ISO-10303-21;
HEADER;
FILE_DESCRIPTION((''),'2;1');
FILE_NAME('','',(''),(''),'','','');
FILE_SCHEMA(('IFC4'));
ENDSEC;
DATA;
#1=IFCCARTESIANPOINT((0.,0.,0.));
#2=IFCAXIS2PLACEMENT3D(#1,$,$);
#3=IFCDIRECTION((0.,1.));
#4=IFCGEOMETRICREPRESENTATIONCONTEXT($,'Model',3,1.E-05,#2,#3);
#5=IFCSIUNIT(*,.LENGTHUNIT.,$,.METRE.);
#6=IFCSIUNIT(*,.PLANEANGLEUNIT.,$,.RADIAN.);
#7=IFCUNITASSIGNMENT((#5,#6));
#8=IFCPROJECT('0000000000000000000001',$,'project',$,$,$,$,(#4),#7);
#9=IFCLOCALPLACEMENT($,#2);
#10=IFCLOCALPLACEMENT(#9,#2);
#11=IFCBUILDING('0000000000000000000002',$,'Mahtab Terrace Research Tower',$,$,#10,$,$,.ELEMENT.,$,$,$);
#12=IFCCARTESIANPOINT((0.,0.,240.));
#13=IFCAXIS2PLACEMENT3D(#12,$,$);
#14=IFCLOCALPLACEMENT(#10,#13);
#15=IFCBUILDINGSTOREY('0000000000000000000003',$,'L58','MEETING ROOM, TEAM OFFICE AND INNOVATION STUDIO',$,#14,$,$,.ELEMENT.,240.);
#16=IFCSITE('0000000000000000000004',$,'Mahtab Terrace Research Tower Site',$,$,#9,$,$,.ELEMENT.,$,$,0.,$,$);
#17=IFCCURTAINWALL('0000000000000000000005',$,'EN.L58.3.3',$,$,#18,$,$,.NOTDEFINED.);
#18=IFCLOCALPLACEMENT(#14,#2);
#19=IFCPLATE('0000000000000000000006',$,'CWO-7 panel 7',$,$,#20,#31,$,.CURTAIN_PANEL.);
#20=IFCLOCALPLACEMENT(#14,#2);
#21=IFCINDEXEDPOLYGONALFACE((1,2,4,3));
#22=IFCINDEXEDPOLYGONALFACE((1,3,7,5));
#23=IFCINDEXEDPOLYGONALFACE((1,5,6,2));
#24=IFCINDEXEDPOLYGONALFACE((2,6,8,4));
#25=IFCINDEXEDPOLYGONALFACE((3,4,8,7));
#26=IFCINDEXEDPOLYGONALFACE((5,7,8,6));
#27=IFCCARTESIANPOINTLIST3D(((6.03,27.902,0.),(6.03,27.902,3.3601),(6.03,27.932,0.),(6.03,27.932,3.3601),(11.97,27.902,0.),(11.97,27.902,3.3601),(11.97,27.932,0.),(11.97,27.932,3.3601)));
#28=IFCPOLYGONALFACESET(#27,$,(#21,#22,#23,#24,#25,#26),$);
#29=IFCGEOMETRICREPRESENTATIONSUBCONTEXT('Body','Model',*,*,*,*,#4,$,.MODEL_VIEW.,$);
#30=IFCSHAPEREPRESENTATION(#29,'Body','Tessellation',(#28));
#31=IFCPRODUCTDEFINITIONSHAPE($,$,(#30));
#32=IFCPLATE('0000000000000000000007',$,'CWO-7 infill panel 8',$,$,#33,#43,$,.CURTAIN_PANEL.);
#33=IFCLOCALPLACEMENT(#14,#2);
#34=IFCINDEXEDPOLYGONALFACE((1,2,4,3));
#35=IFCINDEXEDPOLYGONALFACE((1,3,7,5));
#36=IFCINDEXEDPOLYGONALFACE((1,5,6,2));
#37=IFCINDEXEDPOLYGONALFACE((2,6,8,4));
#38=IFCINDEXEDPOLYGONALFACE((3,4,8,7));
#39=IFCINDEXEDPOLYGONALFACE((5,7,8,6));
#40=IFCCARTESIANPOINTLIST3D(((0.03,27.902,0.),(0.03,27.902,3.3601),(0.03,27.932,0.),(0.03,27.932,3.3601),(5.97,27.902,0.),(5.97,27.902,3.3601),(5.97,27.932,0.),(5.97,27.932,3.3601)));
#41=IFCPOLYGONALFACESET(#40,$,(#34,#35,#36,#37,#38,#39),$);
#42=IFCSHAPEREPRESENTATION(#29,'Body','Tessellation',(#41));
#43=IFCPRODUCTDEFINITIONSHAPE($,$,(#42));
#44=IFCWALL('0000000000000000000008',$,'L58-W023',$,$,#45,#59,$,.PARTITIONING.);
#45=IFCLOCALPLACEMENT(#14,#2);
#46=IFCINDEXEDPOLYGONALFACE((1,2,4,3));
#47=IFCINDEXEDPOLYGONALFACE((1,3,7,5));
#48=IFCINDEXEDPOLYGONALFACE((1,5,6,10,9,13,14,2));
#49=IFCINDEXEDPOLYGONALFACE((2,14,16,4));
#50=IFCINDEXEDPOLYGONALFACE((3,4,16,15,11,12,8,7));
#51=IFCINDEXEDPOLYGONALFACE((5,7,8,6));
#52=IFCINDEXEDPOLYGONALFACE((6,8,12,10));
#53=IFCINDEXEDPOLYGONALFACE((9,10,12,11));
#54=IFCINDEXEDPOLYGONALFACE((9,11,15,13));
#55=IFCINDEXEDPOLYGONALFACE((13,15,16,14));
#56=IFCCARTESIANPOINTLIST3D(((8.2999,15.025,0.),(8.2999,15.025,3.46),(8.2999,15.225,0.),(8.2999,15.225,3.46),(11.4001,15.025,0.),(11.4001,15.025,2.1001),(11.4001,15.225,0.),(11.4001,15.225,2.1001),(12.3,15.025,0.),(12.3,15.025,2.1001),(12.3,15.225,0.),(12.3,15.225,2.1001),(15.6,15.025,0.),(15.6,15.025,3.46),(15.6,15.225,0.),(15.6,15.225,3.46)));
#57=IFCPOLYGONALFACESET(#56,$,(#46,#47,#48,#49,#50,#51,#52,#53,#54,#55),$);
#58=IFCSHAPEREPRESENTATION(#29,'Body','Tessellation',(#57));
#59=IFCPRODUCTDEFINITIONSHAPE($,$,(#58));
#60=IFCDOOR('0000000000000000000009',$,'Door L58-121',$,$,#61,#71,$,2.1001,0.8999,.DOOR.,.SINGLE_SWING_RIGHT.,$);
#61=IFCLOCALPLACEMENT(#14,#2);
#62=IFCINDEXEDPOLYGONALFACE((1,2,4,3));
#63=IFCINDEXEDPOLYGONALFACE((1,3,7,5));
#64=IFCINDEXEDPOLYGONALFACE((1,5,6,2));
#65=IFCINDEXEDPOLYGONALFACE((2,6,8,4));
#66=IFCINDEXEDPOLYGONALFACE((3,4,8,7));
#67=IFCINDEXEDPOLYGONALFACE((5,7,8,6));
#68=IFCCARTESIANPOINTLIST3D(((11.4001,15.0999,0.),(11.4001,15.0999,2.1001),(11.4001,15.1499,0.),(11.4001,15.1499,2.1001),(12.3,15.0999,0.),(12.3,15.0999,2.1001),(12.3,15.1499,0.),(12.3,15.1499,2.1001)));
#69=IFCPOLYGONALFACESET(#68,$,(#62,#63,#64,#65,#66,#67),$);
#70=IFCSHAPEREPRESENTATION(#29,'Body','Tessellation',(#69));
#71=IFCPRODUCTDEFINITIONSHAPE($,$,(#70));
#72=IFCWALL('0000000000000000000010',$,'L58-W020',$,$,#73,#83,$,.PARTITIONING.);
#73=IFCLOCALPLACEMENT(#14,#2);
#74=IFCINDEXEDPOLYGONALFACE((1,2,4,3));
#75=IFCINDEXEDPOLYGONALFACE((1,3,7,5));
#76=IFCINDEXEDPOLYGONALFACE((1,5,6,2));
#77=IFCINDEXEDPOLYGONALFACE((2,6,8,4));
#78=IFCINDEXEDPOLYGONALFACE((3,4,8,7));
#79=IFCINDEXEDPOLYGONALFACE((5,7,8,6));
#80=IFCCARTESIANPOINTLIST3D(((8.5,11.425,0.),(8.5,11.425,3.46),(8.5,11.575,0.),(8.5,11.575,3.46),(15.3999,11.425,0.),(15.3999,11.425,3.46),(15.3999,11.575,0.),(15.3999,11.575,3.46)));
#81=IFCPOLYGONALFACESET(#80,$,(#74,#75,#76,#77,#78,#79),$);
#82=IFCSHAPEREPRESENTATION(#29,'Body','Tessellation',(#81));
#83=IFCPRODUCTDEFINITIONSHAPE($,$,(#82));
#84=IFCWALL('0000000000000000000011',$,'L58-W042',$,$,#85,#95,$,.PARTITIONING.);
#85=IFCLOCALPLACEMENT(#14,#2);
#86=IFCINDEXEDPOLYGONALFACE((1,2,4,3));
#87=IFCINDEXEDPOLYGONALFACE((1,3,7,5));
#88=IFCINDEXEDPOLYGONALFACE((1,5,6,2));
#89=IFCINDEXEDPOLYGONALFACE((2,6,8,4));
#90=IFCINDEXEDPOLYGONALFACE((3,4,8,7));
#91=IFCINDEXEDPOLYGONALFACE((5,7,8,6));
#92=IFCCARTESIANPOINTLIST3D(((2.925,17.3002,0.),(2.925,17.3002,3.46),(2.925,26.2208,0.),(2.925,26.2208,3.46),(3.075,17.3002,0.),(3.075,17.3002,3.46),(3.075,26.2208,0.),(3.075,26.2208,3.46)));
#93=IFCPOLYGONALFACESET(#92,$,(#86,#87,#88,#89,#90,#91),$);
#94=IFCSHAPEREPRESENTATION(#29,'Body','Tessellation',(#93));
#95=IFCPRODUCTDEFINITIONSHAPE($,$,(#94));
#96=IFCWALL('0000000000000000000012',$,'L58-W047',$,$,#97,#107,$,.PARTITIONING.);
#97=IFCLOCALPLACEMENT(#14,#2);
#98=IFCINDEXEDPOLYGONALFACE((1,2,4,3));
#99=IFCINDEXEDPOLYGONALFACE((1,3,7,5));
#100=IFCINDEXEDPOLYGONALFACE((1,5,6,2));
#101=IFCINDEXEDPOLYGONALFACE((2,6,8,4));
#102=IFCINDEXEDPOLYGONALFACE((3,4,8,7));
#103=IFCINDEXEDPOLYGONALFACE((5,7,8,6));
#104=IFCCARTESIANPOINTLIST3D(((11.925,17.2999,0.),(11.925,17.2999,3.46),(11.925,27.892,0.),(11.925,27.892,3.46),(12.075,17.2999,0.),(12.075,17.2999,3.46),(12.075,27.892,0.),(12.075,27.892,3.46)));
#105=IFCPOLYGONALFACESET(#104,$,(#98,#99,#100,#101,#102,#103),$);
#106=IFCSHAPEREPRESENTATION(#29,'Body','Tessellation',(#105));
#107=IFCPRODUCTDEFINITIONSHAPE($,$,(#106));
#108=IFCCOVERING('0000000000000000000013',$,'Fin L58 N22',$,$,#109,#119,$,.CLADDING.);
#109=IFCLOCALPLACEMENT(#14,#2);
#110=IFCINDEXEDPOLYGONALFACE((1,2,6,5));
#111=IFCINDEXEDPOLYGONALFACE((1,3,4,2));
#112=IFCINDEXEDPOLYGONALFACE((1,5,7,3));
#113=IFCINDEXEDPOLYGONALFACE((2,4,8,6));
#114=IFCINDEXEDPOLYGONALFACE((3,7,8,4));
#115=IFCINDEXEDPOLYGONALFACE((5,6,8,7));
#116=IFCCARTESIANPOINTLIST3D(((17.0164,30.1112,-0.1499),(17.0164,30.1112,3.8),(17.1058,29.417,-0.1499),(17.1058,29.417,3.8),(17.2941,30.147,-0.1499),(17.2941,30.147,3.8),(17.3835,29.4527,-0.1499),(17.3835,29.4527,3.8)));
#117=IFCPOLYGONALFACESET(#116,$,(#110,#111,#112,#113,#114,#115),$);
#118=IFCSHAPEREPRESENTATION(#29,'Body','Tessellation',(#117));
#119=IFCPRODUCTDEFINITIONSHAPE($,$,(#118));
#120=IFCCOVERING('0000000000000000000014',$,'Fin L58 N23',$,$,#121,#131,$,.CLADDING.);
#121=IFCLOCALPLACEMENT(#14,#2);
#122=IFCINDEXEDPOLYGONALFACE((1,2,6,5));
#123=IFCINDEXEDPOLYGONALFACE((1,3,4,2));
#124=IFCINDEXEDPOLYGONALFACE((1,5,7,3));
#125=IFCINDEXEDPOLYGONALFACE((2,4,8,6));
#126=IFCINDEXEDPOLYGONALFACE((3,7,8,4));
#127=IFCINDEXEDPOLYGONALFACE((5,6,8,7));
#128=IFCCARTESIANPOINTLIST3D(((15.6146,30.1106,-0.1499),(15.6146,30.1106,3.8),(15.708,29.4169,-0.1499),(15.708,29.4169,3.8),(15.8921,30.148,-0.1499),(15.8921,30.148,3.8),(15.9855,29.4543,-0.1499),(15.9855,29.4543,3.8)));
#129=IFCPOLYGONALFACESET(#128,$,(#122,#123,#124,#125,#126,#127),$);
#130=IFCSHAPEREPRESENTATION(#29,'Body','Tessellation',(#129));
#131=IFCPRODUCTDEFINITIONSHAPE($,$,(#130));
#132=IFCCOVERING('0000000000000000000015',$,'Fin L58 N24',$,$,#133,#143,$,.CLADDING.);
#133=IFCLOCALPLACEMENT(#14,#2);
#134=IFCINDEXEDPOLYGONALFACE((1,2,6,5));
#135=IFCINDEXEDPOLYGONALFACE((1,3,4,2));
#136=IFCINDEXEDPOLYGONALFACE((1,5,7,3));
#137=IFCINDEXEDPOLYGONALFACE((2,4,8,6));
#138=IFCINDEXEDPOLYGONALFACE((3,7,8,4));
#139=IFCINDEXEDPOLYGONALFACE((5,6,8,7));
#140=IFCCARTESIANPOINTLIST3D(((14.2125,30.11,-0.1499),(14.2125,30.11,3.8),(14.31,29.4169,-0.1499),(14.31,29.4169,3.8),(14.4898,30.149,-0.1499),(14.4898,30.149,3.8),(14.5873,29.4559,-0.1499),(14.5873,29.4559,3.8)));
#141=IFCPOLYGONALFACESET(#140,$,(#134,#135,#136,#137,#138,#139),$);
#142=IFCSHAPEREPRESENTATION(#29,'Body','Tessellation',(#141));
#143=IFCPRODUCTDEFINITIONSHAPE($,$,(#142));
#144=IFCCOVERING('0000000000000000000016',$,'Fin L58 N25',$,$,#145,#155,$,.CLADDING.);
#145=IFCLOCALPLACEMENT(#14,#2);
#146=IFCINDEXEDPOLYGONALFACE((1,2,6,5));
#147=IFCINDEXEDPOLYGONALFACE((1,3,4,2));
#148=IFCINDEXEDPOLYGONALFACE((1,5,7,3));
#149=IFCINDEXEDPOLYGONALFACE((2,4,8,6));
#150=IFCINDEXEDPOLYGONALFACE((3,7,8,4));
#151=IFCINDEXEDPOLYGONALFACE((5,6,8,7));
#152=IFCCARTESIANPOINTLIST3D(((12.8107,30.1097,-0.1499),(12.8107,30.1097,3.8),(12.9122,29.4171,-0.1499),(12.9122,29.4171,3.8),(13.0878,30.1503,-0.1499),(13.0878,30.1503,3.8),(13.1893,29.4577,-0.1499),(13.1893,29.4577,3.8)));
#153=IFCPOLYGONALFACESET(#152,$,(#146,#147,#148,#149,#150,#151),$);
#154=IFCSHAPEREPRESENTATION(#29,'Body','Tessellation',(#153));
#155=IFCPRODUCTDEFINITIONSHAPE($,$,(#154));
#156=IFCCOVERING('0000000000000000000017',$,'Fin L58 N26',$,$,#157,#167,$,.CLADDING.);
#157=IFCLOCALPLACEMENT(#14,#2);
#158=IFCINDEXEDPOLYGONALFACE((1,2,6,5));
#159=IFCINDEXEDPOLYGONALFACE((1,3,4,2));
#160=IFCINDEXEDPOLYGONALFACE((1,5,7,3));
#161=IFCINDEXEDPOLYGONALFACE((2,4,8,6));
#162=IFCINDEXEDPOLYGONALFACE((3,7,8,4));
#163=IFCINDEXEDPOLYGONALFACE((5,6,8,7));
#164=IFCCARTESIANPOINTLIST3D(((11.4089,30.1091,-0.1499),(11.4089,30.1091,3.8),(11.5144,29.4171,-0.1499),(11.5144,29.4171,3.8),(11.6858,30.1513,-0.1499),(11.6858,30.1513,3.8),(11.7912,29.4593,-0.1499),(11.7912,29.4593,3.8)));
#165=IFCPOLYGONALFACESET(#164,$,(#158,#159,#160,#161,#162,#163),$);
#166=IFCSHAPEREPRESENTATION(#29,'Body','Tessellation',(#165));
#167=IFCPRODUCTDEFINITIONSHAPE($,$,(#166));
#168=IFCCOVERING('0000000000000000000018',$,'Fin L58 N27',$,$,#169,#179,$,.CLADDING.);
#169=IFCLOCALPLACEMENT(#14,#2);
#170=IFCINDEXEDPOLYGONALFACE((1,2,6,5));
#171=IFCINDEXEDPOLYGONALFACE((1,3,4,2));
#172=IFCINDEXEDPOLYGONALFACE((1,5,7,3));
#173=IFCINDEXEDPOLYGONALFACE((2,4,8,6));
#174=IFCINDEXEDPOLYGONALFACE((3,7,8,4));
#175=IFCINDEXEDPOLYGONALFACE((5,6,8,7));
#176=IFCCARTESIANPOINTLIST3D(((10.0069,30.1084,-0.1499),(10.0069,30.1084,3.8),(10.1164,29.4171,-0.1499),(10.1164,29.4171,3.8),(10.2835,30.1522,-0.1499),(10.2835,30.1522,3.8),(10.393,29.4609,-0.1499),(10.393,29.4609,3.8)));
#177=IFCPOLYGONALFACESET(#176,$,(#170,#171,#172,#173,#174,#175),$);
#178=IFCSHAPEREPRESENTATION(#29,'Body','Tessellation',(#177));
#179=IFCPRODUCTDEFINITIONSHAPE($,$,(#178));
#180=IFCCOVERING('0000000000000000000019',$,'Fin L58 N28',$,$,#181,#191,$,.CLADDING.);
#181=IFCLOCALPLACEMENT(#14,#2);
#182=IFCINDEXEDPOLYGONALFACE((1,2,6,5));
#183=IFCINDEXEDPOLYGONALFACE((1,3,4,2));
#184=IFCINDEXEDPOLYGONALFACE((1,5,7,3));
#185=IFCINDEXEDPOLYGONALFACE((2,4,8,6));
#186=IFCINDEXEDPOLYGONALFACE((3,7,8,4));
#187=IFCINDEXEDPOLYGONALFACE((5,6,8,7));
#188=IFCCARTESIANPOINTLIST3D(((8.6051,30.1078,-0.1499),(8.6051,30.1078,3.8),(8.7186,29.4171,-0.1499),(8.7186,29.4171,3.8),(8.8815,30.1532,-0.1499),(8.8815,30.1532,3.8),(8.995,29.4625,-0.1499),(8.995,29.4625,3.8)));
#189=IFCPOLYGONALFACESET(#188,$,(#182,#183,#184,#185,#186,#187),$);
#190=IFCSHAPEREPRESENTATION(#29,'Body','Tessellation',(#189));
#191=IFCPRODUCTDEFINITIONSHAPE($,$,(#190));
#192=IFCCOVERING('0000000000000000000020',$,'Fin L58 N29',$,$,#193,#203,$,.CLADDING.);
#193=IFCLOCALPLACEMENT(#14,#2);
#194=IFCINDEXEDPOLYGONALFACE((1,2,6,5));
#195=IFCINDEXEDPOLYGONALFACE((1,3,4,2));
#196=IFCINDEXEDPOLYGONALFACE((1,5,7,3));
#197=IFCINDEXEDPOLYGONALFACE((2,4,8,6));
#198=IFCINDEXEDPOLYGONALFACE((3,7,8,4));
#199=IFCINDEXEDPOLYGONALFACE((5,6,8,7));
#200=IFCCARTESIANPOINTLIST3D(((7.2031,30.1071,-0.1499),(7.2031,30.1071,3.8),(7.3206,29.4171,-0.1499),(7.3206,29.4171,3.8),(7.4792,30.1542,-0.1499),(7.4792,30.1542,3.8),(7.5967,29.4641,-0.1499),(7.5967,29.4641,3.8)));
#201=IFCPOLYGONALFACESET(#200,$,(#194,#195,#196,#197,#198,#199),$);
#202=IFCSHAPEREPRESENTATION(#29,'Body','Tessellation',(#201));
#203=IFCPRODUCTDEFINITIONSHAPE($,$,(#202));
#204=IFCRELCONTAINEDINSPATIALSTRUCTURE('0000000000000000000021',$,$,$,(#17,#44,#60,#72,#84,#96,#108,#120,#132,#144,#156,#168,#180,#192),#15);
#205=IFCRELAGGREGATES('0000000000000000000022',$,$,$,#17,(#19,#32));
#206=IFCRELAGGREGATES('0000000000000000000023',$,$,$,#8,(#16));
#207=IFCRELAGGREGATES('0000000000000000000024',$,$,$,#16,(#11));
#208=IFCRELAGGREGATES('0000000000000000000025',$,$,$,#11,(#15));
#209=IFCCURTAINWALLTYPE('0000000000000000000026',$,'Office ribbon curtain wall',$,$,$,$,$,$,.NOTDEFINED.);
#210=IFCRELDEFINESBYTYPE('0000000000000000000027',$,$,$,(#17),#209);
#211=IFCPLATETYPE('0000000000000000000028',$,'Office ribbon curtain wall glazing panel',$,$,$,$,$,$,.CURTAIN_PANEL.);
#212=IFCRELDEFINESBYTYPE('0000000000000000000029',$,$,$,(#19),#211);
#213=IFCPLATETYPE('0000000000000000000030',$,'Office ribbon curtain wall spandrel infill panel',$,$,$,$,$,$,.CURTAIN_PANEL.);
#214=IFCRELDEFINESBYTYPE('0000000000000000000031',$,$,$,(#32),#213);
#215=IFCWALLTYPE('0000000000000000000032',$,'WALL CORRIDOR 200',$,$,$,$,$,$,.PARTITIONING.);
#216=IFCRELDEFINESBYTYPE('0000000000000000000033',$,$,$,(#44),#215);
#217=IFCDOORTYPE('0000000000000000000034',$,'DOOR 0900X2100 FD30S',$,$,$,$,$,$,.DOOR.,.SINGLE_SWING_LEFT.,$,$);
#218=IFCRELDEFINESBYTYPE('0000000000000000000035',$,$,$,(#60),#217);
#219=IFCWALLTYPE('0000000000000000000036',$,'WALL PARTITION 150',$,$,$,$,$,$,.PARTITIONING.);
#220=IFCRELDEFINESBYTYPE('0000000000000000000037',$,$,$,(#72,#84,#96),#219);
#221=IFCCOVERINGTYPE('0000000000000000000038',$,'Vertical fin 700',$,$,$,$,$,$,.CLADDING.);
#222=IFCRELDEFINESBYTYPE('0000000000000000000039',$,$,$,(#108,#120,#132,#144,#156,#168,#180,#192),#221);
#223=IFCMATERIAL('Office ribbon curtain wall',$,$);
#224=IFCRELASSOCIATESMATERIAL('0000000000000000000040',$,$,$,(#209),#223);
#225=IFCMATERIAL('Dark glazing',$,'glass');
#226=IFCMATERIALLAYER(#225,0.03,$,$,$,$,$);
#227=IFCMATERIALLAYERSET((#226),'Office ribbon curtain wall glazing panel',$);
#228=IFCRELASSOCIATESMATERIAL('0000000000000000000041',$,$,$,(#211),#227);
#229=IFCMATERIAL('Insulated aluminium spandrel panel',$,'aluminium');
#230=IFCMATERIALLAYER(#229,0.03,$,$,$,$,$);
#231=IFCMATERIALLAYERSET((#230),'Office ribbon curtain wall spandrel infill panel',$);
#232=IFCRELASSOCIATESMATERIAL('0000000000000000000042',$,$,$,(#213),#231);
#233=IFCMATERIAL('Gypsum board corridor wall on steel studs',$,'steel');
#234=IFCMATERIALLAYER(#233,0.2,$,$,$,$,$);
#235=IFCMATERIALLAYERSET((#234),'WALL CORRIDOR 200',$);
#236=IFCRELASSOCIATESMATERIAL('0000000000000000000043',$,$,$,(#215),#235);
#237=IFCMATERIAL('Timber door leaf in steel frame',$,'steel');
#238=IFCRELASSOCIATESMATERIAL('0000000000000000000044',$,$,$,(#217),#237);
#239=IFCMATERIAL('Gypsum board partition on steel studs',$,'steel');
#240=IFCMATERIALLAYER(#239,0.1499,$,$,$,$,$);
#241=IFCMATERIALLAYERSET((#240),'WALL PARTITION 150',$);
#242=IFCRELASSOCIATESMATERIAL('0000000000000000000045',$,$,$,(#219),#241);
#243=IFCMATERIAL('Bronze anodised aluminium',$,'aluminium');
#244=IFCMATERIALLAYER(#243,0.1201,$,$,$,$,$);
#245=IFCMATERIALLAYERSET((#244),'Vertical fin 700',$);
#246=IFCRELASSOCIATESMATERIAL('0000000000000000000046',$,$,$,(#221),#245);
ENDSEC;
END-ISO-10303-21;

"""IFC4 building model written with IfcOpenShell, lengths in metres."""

from ifc_helpers import new_model, si_unit, direction, frame, frame_2d, origin, origin_2d, place, context, subcontext, project, spatial, rectangle, extrude, material, layer, layer_set, type_object, element, fill, aggregate, save


model = new_model("IFC4")

# Units and contexts
model_context = context("Model", 3, precision=1e-05, world=origin(), true_north=direction((0.0, 1.0)))
body_context = subcontext(model_context, "Body", "Model", "MODEL_VIEW")
ifc_project = project(units=[si_unit("LENGTHUNIT", "METRE"), si_unit("PLANEANGLEUNIT", "RADIAN")], contexts=[model_context])

# Site, building, storey
site_placement = place(None, origin())
site = spatial("IfcSite", under=ifc_project, at=site_placement, Name="Mahtab Terrace Research Tower Site", CompositionType="ELEMENT", RefElevation=0.0)
building_placement = place(site_placement, origin())
building = spatial("IfcBuilding", under=site, at=building_placement, Name="Mahtab Terrace Research Tower", CompositionType="ELEMENT")
storey_placement = place(building_placement, frame((0.0, 0.0, 240.0)))
storey = spatial("IfcBuildingStorey", under=building, at=storey_placement, Name="L58", Description="MEETING ROOM, TEAM OFFICE AND INNOVATION STUDIO", CompositionType="ELEMENT", Elevation=240.0)

# Curtain wall
ifc_material_1 = material(Name="Office ribbon curtain wall")
curtain_wall_type = type_object("IfcCurtainWallType", Name="Office ribbon curtain wall", PredefinedType="NOTDEFINED", material=ifc_material_1)
curtain_wall_placement = place(storey_placement, origin())
curtain_wall = element("IfcCurtainWall", 1, at=curtain_wall_placement, inside=storey, type_object=curtain_wall_type, Name="EN.L58.3.3", PredefinedType="NOTDEFINED")

# Plates
ifc_material_2 = material(Name="Dark glazing", Category="glass")
ifc_layer_1 = layer(ifc_material_2, 0.03)
ifc_layer_set_1 = layer_set([ifc_layer_1], Name="Office ribbon curtain wall glazing panel")
plate_type_1 = type_object("IfcPlateType", Name="Office ribbon curtain wall glazing panel", PredefinedType="CURTAIN_PANEL", material=ifc_layer_set_1)
plate_1_placement = place(storey_placement, frame((9.0, 27.917, 0.0), z_axis=(0.0, 0.0, 1.0), x_axis=(-1.0, 0.0, 0.0)))
plate_1 = element("IfcPlate", 2, at=plate_1_placement, type_object=plate_type_1, Name="CWO-7 panel 7", PredefinedType="CURTAIN_PANEL", context=body_context, shape_type="SweptSolid", body=[
    extrude(rectangle(XDim=5.9399, YDim=0.03, at=origin_2d()), origin(), (0.0, 0.0, 1.0), 3.3601),
])
ifc_material_3 = material(Name="Insulated aluminium spandrel panel", Category="aluminium")
ifc_layer_2 = layer(ifc_material_3, 0.03)
ifc_layer_set_2 = layer_set([ifc_layer_2], Name="Office ribbon curtain wall spandrel infill panel")
plate_type_2 = type_object("IfcPlateType", Name="Office ribbon curtain wall spandrel infill panel", PredefinedType="CURTAIN_PANEL", material=ifc_layer_set_2)
plate_2_placement = place(storey_placement, frame((3.0, 27.917, 0.0), z_axis=(0.0, 0.0, 1.0), x_axis=(-1.0, 0.0, 0.0)))
plate_2 = element("IfcPlate", 3, at=plate_2_placement, type_object=plate_type_2, Name="CWO-7 infill panel 8", PredefinedType="CURTAIN_PANEL", context=body_context, shape_type="SweptSolid", body=[
    extrude(rectangle(XDim=5.9399, YDim=0.03, at=origin_2d()), origin(), (0.0, 0.0, 1.0), 3.3601),
])
aggregate(curtain_wall, [plate_1, plate_2])

# Wall, opening, door
ifc_material_4 = material(Name="Gypsum board corridor wall on steel studs", Category="steel")
ifc_layer_3 = layer(ifc_material_4, 0.2)
ifc_layer_set_3 = layer_set([ifc_layer_3], Name="WALL CORRIDOR 200")
wall_type_1 = type_object("IfcWallType", Name="WALL CORRIDOR 200", PredefinedType="PARTITIONING", material=ifc_layer_set_3)
wall_1_placement = place(storey_placement, frame((8.3, 15.125, 0.0), z_axis=(0.0, 0.0, 1.0), x_axis=(1.0, 0.0, 0.0)))
wall_1 = element("IfcWall", 4, at=wall_1_placement, inside=storey, type_object=wall_type_1, Name="L58-W023", PredefinedType="PARTITIONING", context=body_context, shape_type="SweptSolid", body=[
    extrude(rectangle(XDim=7.3, YDim=0.2, at=frame_2d((3.6499, 0.0))), origin(), (0.0, 0.0, 1.0), 3.46),
])
opening_placement = place(wall_1_placement, frame((3.1001, 0.0, 0.0)))
opening = element("IfcOpeningElement", 5, at=opening_placement, cuts=wall_1, PredefinedType="OPENING", context=body_context, shape_type="SweptSolid", body=[
    extrude(rectangle(XDim=0.8999, YDim=2.1001, at=frame_2d((0.45, 1.05))), frame((0.0, 0.1099, 0.0), z_axis=(0.0, -1.0, 0.0), x_axis=(1.0, 0.0, 0.0)), (0.0, 0.0, 1.0), 0.22),
])
ifc_material_5 = material(Name="Timber door leaf in steel frame", Category="steel")
door_type = type_object("IfcDoorType", Name="DOOR 0900X2100 FD30S", OperationType="SINGLE_SWING_LEFT", PredefinedType="DOOR", material=ifc_material_5)
door_placement = place(opening_placement, origin())
door = element("IfcDoor", 6, at=door_placement, inside=storey, type_object=door_type, Name="Door L58-121", OperationType="SINGLE_SWING_RIGHT", OverallHeight=2.1001, OverallWidth=0.8999, PredefinedType="DOOR", context=body_context, shape_type="SweptSolid", body=[
    extrude(rectangle(XDim=0.8999, YDim=2.1001, at=frame_2d((0.45, 1.05))), frame((0.0, 0.0249, 0.0), z_axis=(0.0, -1.0, 0.0), x_axis=(1.0, 0.0, 0.0)), (0.0, 0.0, 1.0), 0.05),
])
fill(opening, door)

# Walls
ifc_material_6 = material(Name="Gypsum board partition on steel studs", Category="steel")
ifc_layer_4 = layer(ifc_material_6, 0.1499)
ifc_layer_set_4 = layer_set([ifc_layer_4], Name="WALL PARTITION 150")
wall_type_2 = type_object("IfcWallType", Name="WALL PARTITION 150", PredefinedType="PARTITIONING", material=ifc_layer_set_4)
wall_2_placement = place(storey_placement, frame((8.5, 11.5, 0.0), z_axis=(0.0, 0.0, 1.0), x_axis=(1.0, 0.0, 0.0)))
element("IfcWall", 7, at=wall_2_placement, inside=storey, type_object=wall_type_2, Name="L58-W020", PredefinedType="PARTITIONING", context=body_context, shape_type="SweptSolid", body=[
    extrude(rectangle(XDim=6.8999, YDim=0.1499, at=frame_2d((3.45, 0.0))), origin(), (0.0, 0.0, 1.0), 3.46),
])
wall_3_placement = place(storey_placement, frame((3.0, 17.3, 0.0), z_axis=(0.0, 0.0, 1.0), x_axis=(0.0, 1.0, 0.0)))
element("IfcWall", 8, at=wall_3_placement, inside=storey, type_object=wall_type_2, Name="L58-W042", PredefinedType="PARTITIONING", context=body_context, shape_type="SweptSolid", body=[
    extrude(rectangle(XDim=8.9207, YDim=0.1499, at=frame_2d((4.4604, 0.0))), origin(), (0.0, 0.0, 1.0), 3.46),
])
wall_4_placement = place(storey_placement, frame((12.0, 17.3, 0.0), z_axis=(0.0, 0.0, 1.0), x_axis=(0.0, 1.0, 0.0)))
element("IfcWall", 9, at=wall_4_placement, inside=storey, type_object=wall_type_2, Name="L58-W047", PredefinedType="PARTITIONING", context=body_context, shape_type="SweptSolid", body=[
    extrude(rectangle(XDim=10.592, YDim=0.1499, at=frame_2d((5.2959, 0.0))), origin(), (0.0, 0.0, 1.0), 3.46),
])

# Coverings
ifc_material_7 = material(Name="Bronze anodised aluminium", Category="aluminium")
ifc_layer_5 = layer(ifc_material_7, 0.1201)
ifc_layer_set_5 = layer_set([ifc_layer_5], Name="Vertical fin 700")
covering_type = type_object("IfcCoveringType", Name="Vertical fin 700", PredefinedType="CLADDING", material=ifc_layer_set_5)
for number, where, z_axis, x_axis, name in (
    (10, (17.2, 29.782, -0.1499), (0.0, 0.0, 1.0), (-0.99182, -0.127642, 0.0), "Fin L58 N22"),
    (11, (15.8, 29.7825, -0.1499), (0.0, 0.0, 1.0), (-0.991061, -0.13341, 0.0), "Fin L58 N23"),
    (12, (14.3999, 29.783, -0.1499), (0.0, 0.0, 1.0), (-0.990268, -0.139173, 0.0), "Fin L58 N24"),
    (13, (13.0, 29.7837, -0.1499), (0.0, 0.0, 1.0), (-0.989442, -0.144932, 0.0), "Fin L58 N25"),
    (14, (11.6001, 29.7842, -0.1499), (0.0, 0.0, 1.0), (-0.988582, -0.150686, 0.0), "Fin L58 N26"),
    (15, (10.2, 29.7847, -0.1499), (0.0, 0.0, 1.0), (-0.987688, -0.156434, 0.0), "Fin L58 N27"),
    (16, (8.8, 29.7852, -0.1499), (0.0, 0.0, 1.0), (-0.986762, -0.162178, 0.0), "Fin L58 N28"),
    (17, (7.3999, 29.7856, -0.1499), (0.0, 0.0, 1.0), (-0.985801, -0.167916, 0.0), "Fin L58 N29"),
):
    element("IfcCovering", number, at=place(storey_placement, frame(where, z_axis=z_axis, x_axis=x_axis)), inside=storey, type_object=covering_type, Name=name, PredefinedType="CLADDING", context=body_context, shape_type="SweptSolid", body=[
        extrude(rectangle(XDim=0.28, YDim=0.7, at=origin_2d()), origin(), (0.0, 0.0, 1.0), 3.95),
    ])

save(model, "model.ifc")
